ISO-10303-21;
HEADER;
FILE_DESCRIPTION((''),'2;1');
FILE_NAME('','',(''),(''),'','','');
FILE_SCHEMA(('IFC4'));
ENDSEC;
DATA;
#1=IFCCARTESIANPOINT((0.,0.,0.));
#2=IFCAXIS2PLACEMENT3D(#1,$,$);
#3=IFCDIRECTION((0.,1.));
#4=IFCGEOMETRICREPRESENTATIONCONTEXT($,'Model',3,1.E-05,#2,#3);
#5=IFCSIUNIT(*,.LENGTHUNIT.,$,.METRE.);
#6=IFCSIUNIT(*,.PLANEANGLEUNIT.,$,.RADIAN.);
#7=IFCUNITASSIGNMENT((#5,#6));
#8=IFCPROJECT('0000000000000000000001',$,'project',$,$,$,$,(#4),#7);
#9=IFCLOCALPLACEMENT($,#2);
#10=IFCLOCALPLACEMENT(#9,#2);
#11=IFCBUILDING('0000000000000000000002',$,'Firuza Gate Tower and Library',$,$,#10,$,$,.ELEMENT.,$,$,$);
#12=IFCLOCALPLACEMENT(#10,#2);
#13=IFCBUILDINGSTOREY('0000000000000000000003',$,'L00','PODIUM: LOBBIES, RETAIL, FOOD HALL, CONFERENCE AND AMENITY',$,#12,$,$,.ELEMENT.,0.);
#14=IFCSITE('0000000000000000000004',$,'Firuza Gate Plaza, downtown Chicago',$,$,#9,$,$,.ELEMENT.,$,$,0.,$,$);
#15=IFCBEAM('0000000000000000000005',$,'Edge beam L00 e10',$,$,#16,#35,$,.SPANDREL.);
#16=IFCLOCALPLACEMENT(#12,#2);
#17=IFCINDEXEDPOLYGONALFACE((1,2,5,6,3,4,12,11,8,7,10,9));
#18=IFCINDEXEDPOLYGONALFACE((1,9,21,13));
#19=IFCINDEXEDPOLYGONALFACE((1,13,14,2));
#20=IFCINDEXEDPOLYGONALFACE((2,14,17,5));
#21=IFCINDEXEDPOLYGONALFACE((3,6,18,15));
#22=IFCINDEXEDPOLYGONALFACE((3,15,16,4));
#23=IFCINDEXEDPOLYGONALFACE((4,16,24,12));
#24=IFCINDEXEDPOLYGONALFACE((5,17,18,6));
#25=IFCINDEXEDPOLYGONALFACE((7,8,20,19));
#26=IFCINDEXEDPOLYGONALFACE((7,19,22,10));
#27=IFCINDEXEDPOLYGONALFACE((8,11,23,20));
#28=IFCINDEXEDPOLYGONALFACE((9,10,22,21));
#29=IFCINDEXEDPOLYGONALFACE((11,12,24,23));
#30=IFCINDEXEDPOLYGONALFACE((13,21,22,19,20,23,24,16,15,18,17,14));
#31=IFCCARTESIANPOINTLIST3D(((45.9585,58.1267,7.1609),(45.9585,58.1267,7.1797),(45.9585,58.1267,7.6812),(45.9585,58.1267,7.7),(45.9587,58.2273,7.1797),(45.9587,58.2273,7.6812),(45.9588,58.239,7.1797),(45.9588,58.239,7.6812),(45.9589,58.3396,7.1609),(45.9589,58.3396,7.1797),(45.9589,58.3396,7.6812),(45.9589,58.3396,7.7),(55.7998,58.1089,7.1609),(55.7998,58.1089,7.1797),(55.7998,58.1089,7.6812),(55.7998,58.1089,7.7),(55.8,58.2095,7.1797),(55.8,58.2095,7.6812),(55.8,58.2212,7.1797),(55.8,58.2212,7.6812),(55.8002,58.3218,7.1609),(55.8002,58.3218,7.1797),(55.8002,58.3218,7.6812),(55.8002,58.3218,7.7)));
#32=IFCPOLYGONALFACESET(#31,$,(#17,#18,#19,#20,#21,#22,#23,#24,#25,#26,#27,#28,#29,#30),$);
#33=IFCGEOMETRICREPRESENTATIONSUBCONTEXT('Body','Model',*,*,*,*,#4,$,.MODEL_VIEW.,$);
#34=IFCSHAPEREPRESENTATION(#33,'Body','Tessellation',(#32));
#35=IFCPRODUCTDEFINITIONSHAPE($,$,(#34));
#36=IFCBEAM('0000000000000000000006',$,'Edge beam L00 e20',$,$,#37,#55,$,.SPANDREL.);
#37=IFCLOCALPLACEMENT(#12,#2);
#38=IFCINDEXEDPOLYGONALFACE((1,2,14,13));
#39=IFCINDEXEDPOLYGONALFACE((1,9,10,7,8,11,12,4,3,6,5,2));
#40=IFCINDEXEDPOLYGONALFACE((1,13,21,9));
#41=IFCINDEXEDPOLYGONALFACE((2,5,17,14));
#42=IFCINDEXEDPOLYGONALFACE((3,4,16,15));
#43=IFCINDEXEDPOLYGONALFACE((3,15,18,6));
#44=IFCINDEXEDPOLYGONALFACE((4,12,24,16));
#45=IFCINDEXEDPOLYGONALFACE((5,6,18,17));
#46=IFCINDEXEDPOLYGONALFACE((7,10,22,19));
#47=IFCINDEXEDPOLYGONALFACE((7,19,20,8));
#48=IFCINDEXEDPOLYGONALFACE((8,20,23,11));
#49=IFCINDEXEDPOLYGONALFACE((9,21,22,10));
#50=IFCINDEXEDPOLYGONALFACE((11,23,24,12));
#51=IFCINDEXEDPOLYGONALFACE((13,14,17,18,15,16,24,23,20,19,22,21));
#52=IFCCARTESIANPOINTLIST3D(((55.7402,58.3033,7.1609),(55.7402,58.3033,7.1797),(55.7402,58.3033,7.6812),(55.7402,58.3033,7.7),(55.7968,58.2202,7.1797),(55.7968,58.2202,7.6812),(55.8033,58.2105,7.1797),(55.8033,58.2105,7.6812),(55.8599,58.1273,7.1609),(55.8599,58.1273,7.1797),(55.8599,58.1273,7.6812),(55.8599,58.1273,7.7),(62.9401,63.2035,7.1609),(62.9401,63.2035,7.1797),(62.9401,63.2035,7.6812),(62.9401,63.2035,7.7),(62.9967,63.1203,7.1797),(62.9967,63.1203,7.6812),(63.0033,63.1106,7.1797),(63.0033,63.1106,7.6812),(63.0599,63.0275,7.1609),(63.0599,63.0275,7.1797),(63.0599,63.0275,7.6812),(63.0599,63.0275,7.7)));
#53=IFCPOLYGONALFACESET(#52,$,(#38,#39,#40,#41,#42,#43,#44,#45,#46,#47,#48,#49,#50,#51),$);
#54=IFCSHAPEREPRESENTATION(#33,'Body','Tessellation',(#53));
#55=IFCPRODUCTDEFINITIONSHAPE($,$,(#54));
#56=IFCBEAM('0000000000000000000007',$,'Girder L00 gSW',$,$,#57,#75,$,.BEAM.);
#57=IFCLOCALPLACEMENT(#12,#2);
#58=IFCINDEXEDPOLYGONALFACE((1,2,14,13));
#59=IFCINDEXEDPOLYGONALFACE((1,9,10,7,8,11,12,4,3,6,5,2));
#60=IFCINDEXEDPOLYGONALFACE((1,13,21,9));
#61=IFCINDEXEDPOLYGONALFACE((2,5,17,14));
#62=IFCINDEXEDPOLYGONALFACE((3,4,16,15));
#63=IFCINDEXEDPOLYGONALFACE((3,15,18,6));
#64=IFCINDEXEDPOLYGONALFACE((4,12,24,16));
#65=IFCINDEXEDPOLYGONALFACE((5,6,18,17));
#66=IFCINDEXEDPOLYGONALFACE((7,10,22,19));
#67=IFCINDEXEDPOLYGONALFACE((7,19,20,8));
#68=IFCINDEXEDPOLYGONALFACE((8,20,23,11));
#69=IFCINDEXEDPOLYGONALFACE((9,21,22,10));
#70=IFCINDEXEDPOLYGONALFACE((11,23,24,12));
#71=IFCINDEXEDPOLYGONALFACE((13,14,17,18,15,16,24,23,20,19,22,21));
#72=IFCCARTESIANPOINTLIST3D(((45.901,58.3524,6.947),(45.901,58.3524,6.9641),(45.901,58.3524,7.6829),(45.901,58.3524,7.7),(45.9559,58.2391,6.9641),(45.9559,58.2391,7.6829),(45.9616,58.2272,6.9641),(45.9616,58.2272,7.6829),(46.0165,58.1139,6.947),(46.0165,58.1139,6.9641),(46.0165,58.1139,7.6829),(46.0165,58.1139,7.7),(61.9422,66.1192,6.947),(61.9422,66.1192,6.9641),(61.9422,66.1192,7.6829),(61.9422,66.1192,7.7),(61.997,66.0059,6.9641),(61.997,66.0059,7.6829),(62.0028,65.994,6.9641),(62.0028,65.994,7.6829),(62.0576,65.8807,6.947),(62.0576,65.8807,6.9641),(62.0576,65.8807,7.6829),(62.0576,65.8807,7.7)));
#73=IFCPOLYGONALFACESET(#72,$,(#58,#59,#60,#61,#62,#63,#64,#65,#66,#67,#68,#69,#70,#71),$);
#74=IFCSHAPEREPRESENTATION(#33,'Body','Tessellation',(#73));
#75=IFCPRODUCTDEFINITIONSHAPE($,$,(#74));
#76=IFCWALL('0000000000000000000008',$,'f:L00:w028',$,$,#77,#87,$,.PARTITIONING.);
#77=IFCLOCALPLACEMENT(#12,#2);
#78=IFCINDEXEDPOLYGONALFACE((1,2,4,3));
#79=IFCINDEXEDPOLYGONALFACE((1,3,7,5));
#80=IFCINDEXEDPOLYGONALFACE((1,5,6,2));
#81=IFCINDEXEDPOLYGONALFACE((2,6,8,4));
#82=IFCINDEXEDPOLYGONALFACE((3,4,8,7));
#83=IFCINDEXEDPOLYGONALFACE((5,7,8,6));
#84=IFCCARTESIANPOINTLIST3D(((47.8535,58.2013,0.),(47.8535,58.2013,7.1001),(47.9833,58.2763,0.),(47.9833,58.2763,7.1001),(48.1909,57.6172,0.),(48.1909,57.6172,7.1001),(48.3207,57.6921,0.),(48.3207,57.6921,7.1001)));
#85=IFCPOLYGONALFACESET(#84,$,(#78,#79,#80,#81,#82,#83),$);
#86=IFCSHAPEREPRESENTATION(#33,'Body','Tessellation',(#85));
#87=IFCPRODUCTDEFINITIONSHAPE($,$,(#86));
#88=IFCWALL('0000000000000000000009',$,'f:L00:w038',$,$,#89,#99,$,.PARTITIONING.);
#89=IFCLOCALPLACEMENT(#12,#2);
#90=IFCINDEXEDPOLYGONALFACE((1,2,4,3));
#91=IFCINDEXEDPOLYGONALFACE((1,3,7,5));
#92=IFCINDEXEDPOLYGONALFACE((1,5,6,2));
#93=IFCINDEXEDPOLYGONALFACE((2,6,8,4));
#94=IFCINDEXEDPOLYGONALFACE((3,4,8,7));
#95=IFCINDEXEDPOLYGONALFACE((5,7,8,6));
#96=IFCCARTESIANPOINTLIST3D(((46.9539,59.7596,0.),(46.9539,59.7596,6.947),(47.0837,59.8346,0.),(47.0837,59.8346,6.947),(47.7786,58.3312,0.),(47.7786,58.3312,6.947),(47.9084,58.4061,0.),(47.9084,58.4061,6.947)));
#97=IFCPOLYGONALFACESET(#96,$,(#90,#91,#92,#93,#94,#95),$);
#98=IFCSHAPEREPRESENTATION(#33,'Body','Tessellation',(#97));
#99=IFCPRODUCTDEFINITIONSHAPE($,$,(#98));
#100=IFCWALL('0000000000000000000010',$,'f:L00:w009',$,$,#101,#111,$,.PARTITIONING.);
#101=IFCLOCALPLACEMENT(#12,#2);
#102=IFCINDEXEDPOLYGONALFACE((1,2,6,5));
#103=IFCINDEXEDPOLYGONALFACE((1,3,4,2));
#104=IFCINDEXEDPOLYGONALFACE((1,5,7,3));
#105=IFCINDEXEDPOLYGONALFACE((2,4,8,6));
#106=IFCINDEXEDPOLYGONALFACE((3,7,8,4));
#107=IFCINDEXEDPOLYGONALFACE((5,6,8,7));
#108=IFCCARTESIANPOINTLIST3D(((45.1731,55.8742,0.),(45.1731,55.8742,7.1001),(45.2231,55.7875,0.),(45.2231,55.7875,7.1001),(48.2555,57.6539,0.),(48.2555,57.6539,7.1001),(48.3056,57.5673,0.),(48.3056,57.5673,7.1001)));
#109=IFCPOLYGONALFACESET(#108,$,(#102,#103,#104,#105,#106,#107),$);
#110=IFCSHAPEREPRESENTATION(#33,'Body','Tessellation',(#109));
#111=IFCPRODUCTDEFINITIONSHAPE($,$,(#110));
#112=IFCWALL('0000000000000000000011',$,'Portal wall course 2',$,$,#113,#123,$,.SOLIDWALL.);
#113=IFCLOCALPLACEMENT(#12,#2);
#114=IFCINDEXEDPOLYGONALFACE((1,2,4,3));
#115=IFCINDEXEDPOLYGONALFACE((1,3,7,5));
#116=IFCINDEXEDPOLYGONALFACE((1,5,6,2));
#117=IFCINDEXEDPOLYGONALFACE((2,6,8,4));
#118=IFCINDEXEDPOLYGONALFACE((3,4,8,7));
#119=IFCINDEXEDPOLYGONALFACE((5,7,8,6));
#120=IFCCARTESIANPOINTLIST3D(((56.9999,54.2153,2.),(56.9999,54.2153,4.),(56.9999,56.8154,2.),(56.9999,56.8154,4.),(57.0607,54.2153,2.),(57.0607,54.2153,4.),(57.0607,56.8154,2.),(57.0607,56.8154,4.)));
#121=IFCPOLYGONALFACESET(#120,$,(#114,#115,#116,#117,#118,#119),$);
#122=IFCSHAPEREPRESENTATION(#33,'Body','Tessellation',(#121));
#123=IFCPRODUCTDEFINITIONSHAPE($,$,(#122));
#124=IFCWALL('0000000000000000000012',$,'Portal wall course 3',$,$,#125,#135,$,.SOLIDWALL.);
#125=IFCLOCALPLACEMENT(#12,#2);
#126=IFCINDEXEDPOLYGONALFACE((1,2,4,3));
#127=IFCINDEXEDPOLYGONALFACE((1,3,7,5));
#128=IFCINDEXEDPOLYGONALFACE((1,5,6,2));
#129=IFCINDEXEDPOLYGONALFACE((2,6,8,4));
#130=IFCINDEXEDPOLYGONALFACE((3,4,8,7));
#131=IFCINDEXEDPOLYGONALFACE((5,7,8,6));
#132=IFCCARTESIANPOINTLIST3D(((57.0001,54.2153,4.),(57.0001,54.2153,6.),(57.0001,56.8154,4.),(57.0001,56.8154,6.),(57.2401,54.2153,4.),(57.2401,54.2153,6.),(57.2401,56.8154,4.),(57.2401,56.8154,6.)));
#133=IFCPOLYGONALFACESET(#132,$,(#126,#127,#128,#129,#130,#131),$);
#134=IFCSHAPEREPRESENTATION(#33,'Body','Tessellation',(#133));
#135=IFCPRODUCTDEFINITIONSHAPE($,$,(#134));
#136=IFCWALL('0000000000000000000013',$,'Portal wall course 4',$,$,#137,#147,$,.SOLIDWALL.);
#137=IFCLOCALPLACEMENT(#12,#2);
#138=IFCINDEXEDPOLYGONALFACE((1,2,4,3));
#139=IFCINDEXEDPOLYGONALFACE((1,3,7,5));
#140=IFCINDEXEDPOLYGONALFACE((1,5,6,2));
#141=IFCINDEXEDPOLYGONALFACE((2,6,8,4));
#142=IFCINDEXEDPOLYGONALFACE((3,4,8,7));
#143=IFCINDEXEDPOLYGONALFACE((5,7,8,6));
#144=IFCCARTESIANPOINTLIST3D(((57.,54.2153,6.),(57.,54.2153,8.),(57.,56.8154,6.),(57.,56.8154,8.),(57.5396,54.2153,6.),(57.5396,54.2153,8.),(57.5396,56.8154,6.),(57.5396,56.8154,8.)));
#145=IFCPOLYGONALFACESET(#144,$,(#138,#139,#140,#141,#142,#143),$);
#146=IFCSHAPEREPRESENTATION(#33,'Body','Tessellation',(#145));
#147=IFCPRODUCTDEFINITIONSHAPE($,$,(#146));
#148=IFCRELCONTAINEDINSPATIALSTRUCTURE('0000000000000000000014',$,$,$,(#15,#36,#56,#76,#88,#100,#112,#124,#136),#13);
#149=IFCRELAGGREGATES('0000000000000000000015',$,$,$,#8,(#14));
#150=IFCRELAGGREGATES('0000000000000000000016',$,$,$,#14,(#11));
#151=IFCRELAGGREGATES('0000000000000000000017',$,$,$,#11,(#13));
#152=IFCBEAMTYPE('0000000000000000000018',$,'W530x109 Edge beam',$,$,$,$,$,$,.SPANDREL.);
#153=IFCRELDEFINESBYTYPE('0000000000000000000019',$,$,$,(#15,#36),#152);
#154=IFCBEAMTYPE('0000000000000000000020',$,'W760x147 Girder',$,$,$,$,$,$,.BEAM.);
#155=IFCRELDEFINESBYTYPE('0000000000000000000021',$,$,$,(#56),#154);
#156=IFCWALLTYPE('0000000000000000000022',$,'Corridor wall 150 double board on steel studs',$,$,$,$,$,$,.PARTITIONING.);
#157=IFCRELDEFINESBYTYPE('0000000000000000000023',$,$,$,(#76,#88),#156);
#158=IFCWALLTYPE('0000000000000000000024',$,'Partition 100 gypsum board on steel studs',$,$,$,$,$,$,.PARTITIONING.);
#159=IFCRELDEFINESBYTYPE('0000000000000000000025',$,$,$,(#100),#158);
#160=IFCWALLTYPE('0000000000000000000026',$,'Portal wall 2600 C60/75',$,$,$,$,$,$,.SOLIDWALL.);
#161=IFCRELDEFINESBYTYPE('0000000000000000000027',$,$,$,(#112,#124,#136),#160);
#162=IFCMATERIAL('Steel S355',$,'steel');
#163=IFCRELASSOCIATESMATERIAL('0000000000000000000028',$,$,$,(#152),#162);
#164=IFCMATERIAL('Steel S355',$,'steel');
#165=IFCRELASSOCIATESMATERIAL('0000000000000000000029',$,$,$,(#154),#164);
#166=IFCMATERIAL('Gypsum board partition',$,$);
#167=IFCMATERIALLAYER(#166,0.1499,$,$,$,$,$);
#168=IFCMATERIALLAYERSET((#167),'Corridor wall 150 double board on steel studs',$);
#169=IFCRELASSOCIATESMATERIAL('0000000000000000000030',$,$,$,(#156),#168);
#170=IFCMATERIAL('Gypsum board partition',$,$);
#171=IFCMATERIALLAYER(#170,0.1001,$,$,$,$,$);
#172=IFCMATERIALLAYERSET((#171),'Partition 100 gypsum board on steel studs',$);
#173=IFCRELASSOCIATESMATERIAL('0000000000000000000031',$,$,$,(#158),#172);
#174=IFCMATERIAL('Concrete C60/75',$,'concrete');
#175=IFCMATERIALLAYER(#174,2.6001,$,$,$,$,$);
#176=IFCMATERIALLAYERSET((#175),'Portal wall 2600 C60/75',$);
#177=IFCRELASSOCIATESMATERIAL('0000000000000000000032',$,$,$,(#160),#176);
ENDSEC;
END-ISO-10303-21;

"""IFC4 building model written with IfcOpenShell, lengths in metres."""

from ifc_helpers import new_model, si_unit, direction, frame, frame_2d, origin, origin_2d, place, context, subcontext, project, spatial, rectangle, i_section, extrude, material, layer, layer_set, material_profile, profile_set, type_object, element, save


model = new_model("IFC4")

# Units and contexts
model_context = context("Model", 3, precision=1e-05, world=origin(), true_north=direction((0.0, 1.0)))
body_context = subcontext(model_context, "Body", "Model", "MODEL_VIEW")
ifc_project = project(units=[si_unit("LENGTHUNIT", "METRE"), si_unit("PLANEANGLEUNIT", "RADIAN")], contexts=[model_context])

# Site, building, storey
site_placement = place(None, origin())
site = spatial("IfcSite", under=ifc_project, at=site_placement, Name="Firuza Gate Plaza, downtown Chicago", CompositionType="ELEMENT", RefElevation=0.0)
building_placement = place(site_placement, origin())
building = spatial("IfcBuilding", under=site, at=building_placement, Name="Firuza Gate Tower and Library", CompositionType="ELEMENT")
storey_placement = place(building_placement, origin())
storey = spatial("IfcBuildingStorey", under=building, at=storey_placement, Name="L00", Description="PODIUM: LOBBIES, RETAIL, FOOD HALL, CONFERENCE AND AMENITY", CompositionType="ELEMENT", Elevation=0.0)

# Beams
ifc_material_1 = material(Name="Steel S355", Category="steel")
ifc_material_profile_1 = material_profile(ifc_material_1, i_section(OverallWidth=0.2129, OverallDepth=0.5391, WebThickness=0.0117, FlangeThickness=0.0188, at=origin_2d()))
ifc_profile_set_1 = profile_set([ifc_material_profile_1], Name="Steel S355")
beam_type_1 = type_object("IfcBeamType", Name="W530x109 Edge beam", PredefinedType="SPANDREL", material=ifc_profile_set_1)
beam_1_placement = place(storey_placement, frame((45.9587, 58.2332, 7.4304), z_axis=(0.999998, -0.001811, 0.0), x_axis=(0.001811, 0.999998, 0.0)))
element("IfcBeam", 1, at=beam_1_placement, inside=storey, type_object=beam_type_1, Name="Edge beam L00 e10", PredefinedType="SPANDREL", context=body_context, shape_type="SweptSolid", body=[
    extrude(i_section(OverallWidth=0.2129, OverallDepth=0.5391, WebThickness=0.0117, FlangeThickness=0.0188, at=origin_2d()), origin(), (0.0, 0.0, 1.0), 9.8413),
])
beam_2_placement = place(storey_placement, frame((55.8, 58.2153, 7.4304), z_axis=(0.826703, 0.562638, 0.0), x_axis=(-0.562638, 0.826703, 0.0)))
element("IfcBeam", 2, at=beam_2_placement, inside=storey, type_object=beam_type_1, Name="Edge beam L00 e20", PredefinedType="SPANDREL", context=body_context, shape_type="SweptSolid", body=[
    extrude(i_section(OverallWidth=0.2129, OverallDepth=0.5391, WebThickness=0.0117, FlangeThickness=0.0188, at=origin_2d()), origin(), (0.0, 0.0, 1.0), 8.7092),
])
ifc_material_2 = material(Name="Steel S355", Category="steel")
ifc_material_profile_2 = material_profile(ifc_material_2, i_section(OverallWidth=0.2649, OverallDepth=0.7529, WebThickness=0.0132, FlangeThickness=0.0171, at=origin_2d()))
ifc_profile_set_2 = profile_set([ifc_material_profile_2], Name="Steel S355")
beam_type_2 = type_object("IfcBeamType", Name="W760x147 Girder", PredefinedType="BEAM", material=ifc_profile_set_2)
beam_3_placement = place(storey_placement, frame((45.9587, 58.2332, 7.3235), z_axis=(0.90005, 0.435786, 0.0), x_axis=(-0.435786, 0.90005, 0.0)))
element("IfcBeam", 3, at=beam_3_placement, inside=storey, type_object=beam_type_2, Name="Girder L00 gSW", PredefinedType="BEAM", context=body_context, shape_type="SweptSolid", body=[
    extrude(i_section(OverallWidth=0.2649, OverallDepth=0.7529, WebThickness=0.0132, FlangeThickness=0.0171, at=origin_2d()), origin(), (0.0, 0.0, 1.0), 17.8225),
])

# Walls
ifc_material_3 = material(Name="Gypsum board partition")
ifc_layer_1 = layer(ifc_material_3, 0.1499)
ifc_layer_set_1 = layer_set([ifc_layer_1], Name="Corridor wall 150 double board on steel studs")
wall_type_1 = type_object("IfcWallType", Name="Corridor wall 150 double board on steel studs", PredefinedType="PARTITIONING", material=ifc_layer_set_1)
wall_1_placement = place(storey_placement, frame((48.2559, 57.6545, 0.0), z_axis=(0.0, 0.0, 1.0), x_axis=(-0.500109, 0.865963, 0.0)))
element("IfcWall", 4, at=wall_1_placement, inside=storey, type_object=wall_type_1, Name="f:L00:w028", PredefinedType="PARTITIONING", context=body_context, shape_type="SweptSolid", body=[
    extrude(rectangle(XDim=0.6746, YDim=0.1499, at=frame_2d((0.3374, 0.0))), origin(), (0.0, 0.0, 1.0), 7.1001),
])
wall_2_placement = place(storey_placement, frame((47.8435, 58.3687, 0.0), z_axis=(0.0, 0.0, 1.0), x_axis=(-0.499992, 0.86603, 0.0)))
element("IfcWall", 5, at=wall_2_placement, inside=storey, type_object=wall_type_1, Name="f:L00:w038", PredefinedType="PARTITIONING", context=body_context, shape_type="SweptSolid", body=[
    extrude(rectangle(XDim=1.6494, YDim=0.1499, at=frame_2d((0.8247, 0.0))), origin(), (0.0, 0.0, 1.0), 6.947),
])
ifc_material_4 = material(Name="Gypsum board partition")
ifc_layer_2 = layer(ifc_material_4, 0.1001)
ifc_layer_set_2 = layer_set([ifc_layer_2], Name="Partition 100 gypsum board on steel studs")
wall_type_2 = type_object("IfcWallType", Name="Partition 100 gypsum board on steel studs", PredefinedType="PARTITIONING", material=ifc_layer_set_2)
wall_3_placement = place(storey_placement, frame((45.198, 55.8308, 0.0), z_axis=(0.0, 0.0, 1.0), x_axis=(0.866014, 0.500019, 0.0)))
element("IfcWall", 6, at=wall_3_placement, inside=storey, type_object=wall_type_2, Name="f:L00:w009", PredefinedType="PARTITIONING", context=body_context, shape_type="SweptSolid", body=[
    extrude(rectangle(XDim=3.5593, YDim=0.1001, at=frame_2d((1.7798, 0.0))), origin(), (0.0, 0.0, 1.0), 7.1001),
])
ifc_material_5 = material(Name="Concrete C60/75", Category="concrete")
ifc_layer_3 = layer(ifc_material_5, 2.6001)
ifc_layer_set_3 = layer_set([ifc_layer_3], Name="Portal wall 2600 C60/75")
wall_type_3 = type_object("IfcWallType", Name="Portal wall 2600 C60/75", PredefinedType="SOLIDWALL", material=ifc_layer_set_3)
wall_4_placement = place(storey_placement, frame((57.0, 55.5154, 2.0), z_axis=(0.0, 0.0, 1.0), x_axis=(1.0, 0.0, 0.0)))
element("IfcWall", 7, at=wall_4_placement, inside=storey, type_object=wall_type_3, Name="Portal wall course 2", PredefinedType="SOLIDWALL", context=body_context, shape_type="SweptSolid", body=[
    extrude(rectangle(XDim=0.0608, YDim=2.6001, at=frame_2d((0.0303, 0.0))), origin(), (0.0, 0.0, 1.0), 2.0),
])
wall_5_placement = place(storey_placement, frame((57.0, 55.5154, 4.0), z_axis=(0.0, 0.0, 1.0), x_axis=(1.0, 0.0, 0.0)))
element("IfcWall", 8, at=wall_5_placement, inside=storey, type_object=wall_type_3, Name="Portal wall course 3", PredefinedType="SOLIDWALL", context=body_context, shape_type="SweptSolid", body=[
    extrude(rectangle(XDim=0.24, YDim=2.6001, at=frame_2d((0.1201, 0.0))), origin(), (0.0, 0.0, 1.0), 2.0),
])
wall_6_placement = place(storey_placement, frame((57.0, 55.5154, 6.0), z_axis=(0.0, 0.0, 1.0), x_axis=(1.0, 0.0, 0.0)))
element("IfcWall", 9, at=wall_6_placement, inside=storey, type_object=wall_type_3, Name="Portal wall course 4", PredefinedType="SOLIDWALL", context=body_context, shape_type="SweptSolid", body=[
    extrude(rectangle(XDim=0.5396, YDim=2.6001, at=frame_2d((0.2698, 0.0))), origin(), (0.0, 0.0, 1.0), 2.0),
])

save(model, "model.ifc")
